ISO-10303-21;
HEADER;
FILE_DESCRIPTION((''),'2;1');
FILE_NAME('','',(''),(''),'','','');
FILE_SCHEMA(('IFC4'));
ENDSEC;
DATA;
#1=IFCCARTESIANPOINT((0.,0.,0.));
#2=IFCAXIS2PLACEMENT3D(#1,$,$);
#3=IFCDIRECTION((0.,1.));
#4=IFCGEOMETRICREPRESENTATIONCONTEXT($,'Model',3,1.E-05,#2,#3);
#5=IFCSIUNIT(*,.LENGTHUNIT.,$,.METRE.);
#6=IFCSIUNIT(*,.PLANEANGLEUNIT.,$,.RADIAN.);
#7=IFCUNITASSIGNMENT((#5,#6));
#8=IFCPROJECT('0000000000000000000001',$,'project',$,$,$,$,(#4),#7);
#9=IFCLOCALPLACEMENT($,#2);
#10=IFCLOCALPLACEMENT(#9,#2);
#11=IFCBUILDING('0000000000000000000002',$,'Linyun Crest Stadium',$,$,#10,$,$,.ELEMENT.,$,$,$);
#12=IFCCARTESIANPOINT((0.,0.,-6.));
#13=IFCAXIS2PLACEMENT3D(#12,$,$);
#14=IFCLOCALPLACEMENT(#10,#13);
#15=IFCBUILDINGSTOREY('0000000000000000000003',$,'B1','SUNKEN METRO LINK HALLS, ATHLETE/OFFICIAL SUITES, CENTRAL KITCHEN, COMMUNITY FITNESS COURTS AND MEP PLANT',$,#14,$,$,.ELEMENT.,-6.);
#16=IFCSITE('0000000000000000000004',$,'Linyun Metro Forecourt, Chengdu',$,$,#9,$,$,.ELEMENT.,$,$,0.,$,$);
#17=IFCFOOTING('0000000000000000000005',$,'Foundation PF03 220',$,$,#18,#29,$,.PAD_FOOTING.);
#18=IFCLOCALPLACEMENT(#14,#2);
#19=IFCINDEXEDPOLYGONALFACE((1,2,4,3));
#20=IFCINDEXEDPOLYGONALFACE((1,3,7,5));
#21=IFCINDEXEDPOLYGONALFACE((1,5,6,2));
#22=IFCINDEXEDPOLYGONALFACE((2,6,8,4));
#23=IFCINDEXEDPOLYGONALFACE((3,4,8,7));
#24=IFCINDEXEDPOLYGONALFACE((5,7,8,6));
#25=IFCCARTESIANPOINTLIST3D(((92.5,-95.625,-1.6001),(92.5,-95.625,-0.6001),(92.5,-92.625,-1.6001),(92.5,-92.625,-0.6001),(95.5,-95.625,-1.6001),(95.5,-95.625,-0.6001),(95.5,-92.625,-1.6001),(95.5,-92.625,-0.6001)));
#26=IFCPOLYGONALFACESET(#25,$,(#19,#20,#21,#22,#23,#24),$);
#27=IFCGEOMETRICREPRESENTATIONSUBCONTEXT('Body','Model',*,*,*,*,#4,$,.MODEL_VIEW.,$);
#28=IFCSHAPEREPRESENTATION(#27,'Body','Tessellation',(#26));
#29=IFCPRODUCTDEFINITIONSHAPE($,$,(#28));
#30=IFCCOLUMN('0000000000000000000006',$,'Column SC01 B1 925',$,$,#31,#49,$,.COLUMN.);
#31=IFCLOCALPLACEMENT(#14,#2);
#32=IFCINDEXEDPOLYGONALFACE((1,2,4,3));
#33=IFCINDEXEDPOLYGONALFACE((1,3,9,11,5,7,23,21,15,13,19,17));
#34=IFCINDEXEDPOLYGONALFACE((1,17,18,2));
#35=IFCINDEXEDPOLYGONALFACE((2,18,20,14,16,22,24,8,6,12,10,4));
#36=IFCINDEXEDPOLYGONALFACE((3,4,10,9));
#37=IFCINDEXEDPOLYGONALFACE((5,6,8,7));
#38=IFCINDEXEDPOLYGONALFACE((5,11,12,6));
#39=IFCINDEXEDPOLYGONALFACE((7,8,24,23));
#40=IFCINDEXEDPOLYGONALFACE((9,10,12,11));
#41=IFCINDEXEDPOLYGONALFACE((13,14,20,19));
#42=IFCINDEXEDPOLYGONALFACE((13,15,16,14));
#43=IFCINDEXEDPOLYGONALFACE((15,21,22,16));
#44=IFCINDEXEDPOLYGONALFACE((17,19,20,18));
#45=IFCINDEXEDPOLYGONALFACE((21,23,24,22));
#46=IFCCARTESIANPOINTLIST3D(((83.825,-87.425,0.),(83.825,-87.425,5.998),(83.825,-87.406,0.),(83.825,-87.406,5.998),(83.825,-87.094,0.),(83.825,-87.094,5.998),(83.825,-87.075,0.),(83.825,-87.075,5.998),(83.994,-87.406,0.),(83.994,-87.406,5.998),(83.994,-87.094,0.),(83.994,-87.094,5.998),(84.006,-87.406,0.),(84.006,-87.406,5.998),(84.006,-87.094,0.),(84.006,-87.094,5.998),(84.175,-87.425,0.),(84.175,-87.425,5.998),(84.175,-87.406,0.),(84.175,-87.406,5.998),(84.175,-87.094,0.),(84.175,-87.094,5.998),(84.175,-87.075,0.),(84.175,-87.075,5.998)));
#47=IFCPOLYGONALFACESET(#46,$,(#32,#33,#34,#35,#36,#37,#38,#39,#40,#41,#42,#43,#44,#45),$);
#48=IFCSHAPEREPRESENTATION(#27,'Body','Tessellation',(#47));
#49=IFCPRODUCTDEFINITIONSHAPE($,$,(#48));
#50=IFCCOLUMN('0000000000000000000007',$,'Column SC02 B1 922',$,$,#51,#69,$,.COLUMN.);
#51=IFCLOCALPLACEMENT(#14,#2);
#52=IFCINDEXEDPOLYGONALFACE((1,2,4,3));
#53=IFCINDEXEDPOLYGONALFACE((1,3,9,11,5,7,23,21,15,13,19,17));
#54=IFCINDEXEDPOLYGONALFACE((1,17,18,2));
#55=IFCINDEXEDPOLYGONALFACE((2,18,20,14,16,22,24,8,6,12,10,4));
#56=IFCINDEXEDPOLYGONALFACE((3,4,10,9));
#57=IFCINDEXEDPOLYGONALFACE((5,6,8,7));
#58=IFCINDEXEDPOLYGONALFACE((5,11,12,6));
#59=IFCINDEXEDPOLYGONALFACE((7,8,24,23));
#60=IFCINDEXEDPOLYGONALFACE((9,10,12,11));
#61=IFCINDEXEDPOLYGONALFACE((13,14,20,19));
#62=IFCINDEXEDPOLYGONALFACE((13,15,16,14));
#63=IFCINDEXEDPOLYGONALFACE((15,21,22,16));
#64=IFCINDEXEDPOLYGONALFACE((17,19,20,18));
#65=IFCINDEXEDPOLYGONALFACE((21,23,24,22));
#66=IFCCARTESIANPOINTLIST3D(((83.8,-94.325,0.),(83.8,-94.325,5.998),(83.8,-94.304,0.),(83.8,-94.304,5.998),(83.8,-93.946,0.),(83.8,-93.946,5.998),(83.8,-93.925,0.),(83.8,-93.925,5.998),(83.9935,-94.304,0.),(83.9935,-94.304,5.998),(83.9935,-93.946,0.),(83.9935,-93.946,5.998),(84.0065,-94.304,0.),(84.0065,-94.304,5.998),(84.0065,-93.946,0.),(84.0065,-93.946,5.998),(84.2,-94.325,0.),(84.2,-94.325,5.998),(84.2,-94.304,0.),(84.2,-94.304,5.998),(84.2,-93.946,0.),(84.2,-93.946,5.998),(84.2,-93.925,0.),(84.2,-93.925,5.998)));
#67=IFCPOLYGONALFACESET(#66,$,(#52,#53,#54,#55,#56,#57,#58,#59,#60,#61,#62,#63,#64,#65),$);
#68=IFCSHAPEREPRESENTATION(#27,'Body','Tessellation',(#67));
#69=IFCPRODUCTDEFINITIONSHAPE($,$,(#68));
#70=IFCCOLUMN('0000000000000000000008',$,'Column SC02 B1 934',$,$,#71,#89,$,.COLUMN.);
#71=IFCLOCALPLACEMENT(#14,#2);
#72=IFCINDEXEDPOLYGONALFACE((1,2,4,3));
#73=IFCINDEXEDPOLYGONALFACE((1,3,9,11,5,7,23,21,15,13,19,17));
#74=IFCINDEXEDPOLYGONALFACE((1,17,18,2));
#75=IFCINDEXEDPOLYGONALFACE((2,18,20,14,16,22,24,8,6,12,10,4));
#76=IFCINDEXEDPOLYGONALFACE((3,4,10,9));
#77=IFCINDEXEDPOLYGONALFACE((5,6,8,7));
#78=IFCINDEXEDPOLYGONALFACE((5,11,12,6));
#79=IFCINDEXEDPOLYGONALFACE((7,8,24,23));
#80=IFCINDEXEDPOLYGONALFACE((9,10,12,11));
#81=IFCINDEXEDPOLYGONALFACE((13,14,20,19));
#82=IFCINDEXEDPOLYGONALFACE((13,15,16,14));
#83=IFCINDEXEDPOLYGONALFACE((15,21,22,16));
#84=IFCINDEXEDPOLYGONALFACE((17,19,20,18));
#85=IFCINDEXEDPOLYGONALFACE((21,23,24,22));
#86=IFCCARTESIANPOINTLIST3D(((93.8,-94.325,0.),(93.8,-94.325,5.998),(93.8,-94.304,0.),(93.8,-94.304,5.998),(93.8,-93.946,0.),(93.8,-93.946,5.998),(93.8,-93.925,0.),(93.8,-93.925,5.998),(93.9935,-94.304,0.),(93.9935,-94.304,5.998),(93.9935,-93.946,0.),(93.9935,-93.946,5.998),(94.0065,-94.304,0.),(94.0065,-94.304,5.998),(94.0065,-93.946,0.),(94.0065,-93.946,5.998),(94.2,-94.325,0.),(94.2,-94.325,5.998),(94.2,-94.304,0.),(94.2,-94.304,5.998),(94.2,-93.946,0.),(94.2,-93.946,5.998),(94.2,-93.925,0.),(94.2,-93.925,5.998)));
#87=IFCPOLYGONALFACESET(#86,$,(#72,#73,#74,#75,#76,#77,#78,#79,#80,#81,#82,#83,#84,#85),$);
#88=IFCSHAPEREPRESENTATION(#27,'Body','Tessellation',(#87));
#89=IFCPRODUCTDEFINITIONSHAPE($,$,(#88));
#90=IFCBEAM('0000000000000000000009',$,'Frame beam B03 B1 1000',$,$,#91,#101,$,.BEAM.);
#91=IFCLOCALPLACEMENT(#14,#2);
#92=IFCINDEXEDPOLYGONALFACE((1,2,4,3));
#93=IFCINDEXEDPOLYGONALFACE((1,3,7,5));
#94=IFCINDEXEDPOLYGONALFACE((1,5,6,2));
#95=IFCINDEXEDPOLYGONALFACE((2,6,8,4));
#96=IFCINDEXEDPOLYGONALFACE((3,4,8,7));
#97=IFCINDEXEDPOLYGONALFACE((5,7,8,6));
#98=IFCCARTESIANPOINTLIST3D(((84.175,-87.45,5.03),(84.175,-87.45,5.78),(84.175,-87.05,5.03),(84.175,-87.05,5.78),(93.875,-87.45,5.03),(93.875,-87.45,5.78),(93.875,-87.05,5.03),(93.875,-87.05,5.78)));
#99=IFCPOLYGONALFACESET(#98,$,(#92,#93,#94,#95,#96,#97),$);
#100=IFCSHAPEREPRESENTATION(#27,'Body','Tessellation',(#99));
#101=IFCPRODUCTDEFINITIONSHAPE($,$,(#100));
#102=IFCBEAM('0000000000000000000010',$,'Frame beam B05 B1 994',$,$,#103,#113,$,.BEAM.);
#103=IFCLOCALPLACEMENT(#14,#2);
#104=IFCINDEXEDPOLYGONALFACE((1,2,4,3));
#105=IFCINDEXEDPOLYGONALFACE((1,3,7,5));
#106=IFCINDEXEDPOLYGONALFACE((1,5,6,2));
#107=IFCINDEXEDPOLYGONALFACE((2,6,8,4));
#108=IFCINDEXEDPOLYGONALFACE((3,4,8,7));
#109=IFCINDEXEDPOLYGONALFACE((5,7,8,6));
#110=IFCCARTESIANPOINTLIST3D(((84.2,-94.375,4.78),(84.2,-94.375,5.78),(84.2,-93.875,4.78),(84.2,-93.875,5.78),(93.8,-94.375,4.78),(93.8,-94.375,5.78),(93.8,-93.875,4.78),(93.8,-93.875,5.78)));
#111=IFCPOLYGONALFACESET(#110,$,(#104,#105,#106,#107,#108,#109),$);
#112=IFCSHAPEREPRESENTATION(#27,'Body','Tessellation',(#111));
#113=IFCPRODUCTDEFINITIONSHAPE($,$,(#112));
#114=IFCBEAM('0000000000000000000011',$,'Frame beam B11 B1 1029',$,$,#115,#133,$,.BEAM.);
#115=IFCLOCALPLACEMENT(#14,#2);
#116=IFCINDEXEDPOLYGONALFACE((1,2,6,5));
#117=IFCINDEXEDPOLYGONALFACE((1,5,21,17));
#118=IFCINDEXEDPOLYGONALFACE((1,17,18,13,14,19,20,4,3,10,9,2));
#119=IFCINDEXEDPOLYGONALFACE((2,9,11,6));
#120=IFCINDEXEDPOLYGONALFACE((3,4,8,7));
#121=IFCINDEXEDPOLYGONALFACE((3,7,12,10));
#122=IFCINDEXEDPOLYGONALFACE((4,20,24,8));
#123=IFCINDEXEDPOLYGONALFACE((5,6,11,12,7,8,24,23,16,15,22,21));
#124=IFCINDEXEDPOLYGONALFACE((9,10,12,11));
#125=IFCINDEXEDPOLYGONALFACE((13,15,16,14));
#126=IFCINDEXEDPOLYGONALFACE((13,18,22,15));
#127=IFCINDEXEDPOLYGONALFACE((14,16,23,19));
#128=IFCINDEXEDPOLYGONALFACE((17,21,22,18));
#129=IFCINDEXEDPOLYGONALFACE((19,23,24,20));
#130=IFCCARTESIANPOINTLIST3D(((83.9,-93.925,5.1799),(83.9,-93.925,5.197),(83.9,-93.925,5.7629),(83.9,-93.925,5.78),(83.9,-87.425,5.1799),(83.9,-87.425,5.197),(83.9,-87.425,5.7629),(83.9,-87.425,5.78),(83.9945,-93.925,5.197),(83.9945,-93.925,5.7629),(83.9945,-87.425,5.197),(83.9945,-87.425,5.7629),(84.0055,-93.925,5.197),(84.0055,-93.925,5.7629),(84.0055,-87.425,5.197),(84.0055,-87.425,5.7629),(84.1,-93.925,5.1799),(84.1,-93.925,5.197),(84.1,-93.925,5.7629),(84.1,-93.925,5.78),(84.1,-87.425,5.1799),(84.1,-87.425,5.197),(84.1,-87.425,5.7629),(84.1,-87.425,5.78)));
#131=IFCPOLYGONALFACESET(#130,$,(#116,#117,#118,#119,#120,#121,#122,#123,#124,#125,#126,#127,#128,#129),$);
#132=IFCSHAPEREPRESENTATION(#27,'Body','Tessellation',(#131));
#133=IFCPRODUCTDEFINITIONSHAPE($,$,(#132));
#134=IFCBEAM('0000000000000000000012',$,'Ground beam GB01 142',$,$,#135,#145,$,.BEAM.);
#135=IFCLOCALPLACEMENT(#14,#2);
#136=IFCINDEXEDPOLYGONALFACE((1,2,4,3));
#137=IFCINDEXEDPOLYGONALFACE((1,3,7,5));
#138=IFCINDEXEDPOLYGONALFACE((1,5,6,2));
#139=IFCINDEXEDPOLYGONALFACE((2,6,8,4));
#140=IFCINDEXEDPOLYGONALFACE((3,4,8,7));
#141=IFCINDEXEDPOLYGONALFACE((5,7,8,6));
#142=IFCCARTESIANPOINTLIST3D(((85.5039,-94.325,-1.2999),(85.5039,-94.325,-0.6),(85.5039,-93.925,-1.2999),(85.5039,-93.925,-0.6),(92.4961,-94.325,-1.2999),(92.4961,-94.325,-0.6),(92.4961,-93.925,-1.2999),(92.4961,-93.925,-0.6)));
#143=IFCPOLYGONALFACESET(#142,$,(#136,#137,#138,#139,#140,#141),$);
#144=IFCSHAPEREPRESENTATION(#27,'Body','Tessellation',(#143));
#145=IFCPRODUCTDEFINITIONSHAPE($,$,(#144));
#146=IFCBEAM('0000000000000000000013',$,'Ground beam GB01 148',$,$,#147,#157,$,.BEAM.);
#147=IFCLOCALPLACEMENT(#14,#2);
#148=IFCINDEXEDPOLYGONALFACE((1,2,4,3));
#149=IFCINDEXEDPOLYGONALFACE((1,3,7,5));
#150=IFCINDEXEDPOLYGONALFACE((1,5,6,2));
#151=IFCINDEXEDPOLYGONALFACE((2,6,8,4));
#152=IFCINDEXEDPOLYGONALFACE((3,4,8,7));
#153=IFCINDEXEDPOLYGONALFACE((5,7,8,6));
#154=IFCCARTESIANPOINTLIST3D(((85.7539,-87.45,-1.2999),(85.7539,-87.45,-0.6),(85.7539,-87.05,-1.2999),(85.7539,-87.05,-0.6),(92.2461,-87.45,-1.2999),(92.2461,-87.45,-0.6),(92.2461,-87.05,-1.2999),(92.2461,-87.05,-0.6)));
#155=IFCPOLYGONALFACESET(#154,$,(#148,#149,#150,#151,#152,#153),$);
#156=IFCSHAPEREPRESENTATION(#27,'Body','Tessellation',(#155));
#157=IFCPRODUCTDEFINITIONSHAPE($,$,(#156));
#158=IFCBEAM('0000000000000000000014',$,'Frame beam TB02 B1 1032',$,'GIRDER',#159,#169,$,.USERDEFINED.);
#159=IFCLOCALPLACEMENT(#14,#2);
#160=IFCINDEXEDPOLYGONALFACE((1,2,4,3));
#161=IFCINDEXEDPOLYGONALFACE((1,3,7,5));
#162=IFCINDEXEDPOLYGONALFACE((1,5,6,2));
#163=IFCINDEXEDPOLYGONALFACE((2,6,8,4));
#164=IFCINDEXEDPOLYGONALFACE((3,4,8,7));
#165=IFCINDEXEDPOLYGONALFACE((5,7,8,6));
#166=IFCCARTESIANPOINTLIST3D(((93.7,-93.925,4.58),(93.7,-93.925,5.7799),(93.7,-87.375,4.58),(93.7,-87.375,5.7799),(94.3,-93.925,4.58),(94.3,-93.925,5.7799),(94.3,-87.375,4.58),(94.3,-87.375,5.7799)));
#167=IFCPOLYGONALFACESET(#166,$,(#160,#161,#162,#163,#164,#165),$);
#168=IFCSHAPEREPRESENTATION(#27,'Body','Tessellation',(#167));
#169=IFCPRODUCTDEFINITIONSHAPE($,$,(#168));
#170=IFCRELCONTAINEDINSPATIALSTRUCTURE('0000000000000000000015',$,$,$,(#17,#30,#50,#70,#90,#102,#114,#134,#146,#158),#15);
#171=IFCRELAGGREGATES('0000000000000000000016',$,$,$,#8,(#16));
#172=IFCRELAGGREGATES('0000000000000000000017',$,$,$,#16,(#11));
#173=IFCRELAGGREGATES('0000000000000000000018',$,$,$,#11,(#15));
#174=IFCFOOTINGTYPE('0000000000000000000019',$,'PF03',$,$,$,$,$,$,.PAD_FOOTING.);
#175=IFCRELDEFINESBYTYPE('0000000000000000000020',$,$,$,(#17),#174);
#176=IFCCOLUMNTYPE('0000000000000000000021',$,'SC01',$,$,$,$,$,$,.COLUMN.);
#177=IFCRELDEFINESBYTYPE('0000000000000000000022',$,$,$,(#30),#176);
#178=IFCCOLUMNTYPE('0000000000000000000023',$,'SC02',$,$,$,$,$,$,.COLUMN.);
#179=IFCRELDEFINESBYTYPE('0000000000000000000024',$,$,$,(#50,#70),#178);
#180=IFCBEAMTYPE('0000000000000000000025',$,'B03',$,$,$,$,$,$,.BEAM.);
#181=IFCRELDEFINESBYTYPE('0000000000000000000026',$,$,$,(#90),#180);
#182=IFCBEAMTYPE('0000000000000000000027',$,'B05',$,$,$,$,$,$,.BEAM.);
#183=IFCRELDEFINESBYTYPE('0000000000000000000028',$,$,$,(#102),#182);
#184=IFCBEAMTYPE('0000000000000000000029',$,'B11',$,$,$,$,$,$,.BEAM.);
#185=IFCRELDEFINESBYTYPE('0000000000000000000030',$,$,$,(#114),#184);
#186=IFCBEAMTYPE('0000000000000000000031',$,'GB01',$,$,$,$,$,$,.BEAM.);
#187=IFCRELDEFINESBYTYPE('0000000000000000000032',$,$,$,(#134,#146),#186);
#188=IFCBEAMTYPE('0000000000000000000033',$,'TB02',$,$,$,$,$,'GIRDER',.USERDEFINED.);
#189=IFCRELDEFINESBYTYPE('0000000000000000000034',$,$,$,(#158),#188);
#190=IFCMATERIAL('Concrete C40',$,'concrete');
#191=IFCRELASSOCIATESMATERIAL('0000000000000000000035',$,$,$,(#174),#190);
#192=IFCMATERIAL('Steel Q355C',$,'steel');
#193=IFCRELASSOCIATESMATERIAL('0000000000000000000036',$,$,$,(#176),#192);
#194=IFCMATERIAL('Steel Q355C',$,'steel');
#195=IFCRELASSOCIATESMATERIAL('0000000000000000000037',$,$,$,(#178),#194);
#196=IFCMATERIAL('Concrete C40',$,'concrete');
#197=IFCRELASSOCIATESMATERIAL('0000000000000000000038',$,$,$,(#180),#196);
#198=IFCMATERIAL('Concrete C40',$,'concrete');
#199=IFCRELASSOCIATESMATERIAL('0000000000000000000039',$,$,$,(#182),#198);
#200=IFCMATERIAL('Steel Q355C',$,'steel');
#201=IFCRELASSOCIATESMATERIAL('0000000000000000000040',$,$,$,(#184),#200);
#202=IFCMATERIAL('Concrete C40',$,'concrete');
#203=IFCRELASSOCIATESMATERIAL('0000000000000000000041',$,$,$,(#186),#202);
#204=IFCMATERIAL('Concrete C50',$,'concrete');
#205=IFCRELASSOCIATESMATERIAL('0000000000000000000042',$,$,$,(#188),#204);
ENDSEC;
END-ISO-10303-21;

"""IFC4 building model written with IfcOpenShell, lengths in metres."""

from ifc_helpers import new_model, si_unit, direction, frame, origin, origin_2d, place, context, subcontext, project, spatial, rectangle, i_section, extrude, material, material_profile, profile_set, type_object, element, save


model = new_model("IFC4")

# Units and contexts
model_context = context("Model", 3, precision=1e-05, world=origin(), true_north=direction((0.0, 1.0)))
body_context = subcontext(model_context, "Body", "Model", "MODEL_VIEW")
ifc_project = project(units=[si_unit("LENGTHUNIT", "METRE"), si_unit("PLANEANGLEUNIT", "RADIAN")], contexts=[model_context])

# Site, building, storey
site_placement = place(None, origin())
site = spatial("IfcSite", under=ifc_project, at=site_placement, Name="Linyun Metro Forecourt, Chengdu", CompositionType="ELEMENT", RefElevation=0.0)
building_placement = place(site_placement, origin())
building = spatial("IfcBuilding", under=site, at=building_placement, Name="Linyun Crest Stadium", CompositionType="ELEMENT")
storey_placement = place(building_placement, frame((0.0, 0.0, -6.0)))
storey = spatial("IfcBuildingStorey", under=building, at=storey_placement, Name="B1", Description="SUNKEN METRO LINK HALLS, ATHLETE/OFFICIAL SUITES, CENTRAL KITCHEN, COMMUNITY FITNESS COURTS AND MEP PLANT", CompositionType="ELEMENT", Elevation=-6.0)

# Footing
ifc_material_1 = material(Name="Concrete C40", Category="concrete")
footing_type_1 = type_object("IfcFootingType", Name="PF03", PredefinedType="PAD_FOOTING", material=ifc_material_1)
for number, where, z_axis, x_axis, name in (
    (1, (94.0, -94.125, -1.6001), (0.0, 0.0, 1.0), (1.0, 0.0, 0.0), "Foundation PF03 220"),
):
    element("IfcFooting", number, at=place(storey_placement, frame(where, z_axis=z_axis, x_axis=x_axis)), inside=storey, type_object=footing_type_1, Name=name, PredefinedType="PAD_FOOTING", context=body_context, shape_type="SweptSolid", body=[
        extrude(rectangle(XDim=3.0, YDim=3.0, at=origin_2d()), origin(), (0.0, 0.0, 1.0), 1.0),
    ])

# Columns
ifc_material_2 = material(Name="Steel Q355C", Category="steel")
ifc_material_profile_1 = material_profile(ifc_material_2, i_section(OverallWidth=0.3501, OverallDepth=0.3501, WebThickness=0.012, FlangeThickness=0.019, at=origin_2d()), Name="HW 350x350")
ifc_profile_set_1 = profile_set([ifc_material_profile_1], Name="Steel Q355C")
column_type_1 = type_object("IfcColumnType", Name="SC01", PredefinedType="COLUMN", material=ifc_profile_set_1)
column_placement = place(storey_placement, frame((84.0, -87.25, 0.0), z_axis=(0.0, 0.0, 1.0), x_axis=(1.0, 0.0, 0.0)))
element("IfcColumn", 2, at=column_placement, inside=storey, type_object=column_type_1, Name="Column SC01 B1 925", PredefinedType="COLUMN", context=body_context, shape_type="SweptSolid", body=[
    extrude(i_section(OverallWidth=0.3501, OverallDepth=0.3501, WebThickness=0.012, FlangeThickness=0.019, at=origin_2d()), origin(), (0.0, 0.0, 1.0), 5.998),
])
ifc_material_3 = material(Name="Steel Q355C", Category="steel")
ifc_material_profile_2 = material_profile(ifc_material_3, i_section(OverallWidth=0.3999, OverallDepth=0.3999, WebThickness=0.0129, FlangeThickness=0.021, at=origin_2d()), Name="HW 400x400")
ifc_profile_set_2 = profile_set([ifc_material_profile_2], Name="Steel Q355C")
column_type_2 = type_object("IfcColumnType", Name="SC02", PredefinedType="COLUMN", material=ifc_profile_set_2)
for number, where, z_axis, x_axis, name in (
    (3, (84.0, -94.125, 0.0), (0.0, 0.0, 1.0), (1.0, 0.0, 0.0), "Column SC02 B1 922"),
    (4, (94.0, -94.125, 0.0), (0.0, 0.0, 1.0), (1.0, 0.0, 0.0), "Column SC02 B1 934"),
):
    element("IfcColumn", number, at=place(storey_placement, frame(where, z_axis=z_axis, x_axis=x_axis)), inside=storey, type_object=column_type_2, Name=name, PredefinedType="COLUMN", context=body_context, shape_type="SweptSolid", body=[
        extrude(i_section(OverallWidth=0.3999, OverallDepth=0.3999, WebThickness=0.0129, FlangeThickness=0.021, at=origin_2d()), origin(), (0.0, 0.0, 1.0), 5.998),
    ])

# Beams
ifc_material_4 = material(Name="Concrete C40", Category="concrete")
ifc_material_profile_3 = material_profile(ifc_material_4, rectangle(XDim=0.3999, YDim=0.75, at=origin_2d()), Name="RCB 750x400")
ifc_profile_set_3 = profile_set([ifc_material_profile_3], Name="Concrete C40")
beam_type_1 = type_object("IfcBeamType", Name="B03", PredefinedType="BEAM", material=ifc_profile_set_3)
beam_1_placement = place(storey_placement, frame((84.175, -87.25, 5.405), z_axis=(1.0, 0.0, 0.0), x_axis=(0.0, 1.0, 0.0)))
element("IfcBeam", 5, at=beam_1_placement, inside=storey, type_object=beam_type_1, Name="Frame beam B03 B1 1000", PredefinedType="BEAM", context=body_context, shape_type="SweptSolid", body=[
    extrude(rectangle(XDim=0.3999, YDim=0.75, at=origin_2d()), origin(), (0.0, 0.0, 1.0), 9.7),
])
ifc_material_5 = material(Name="Concrete C40", Category="concrete")
ifc_material_profile_4 = material_profile(ifc_material_5, rectangle(XDim=0.5, YDim=1.0, at=origin_2d()), Name="RCB 1000x500")
ifc_profile_set_4 = profile_set([ifc_material_profile_4], Name="Concrete C40")
beam_type_2 = type_object("IfcBeamType", Name="B05", PredefinedType="BEAM", material=ifc_profile_set_4)
beam_2_placement = place(storey_placement, frame((84.2, -94.125, 5.28), z_axis=(1.0, 0.0, 0.0), x_axis=(0.0, 1.0, 0.0)))
element("IfcBeam", 6, at=beam_2_placement, inside=storey, type_object=beam_type_2, Name="Frame beam B05 B1 994", PredefinedType="BEAM", context=body_context, shape_type="SweptSolid", body=[
    extrude(rectangle(XDim=0.5, YDim=1.0, at=origin_2d()), origin(), (0.0, 0.0, 1.0), 9.6001),
])
ifc_material_6 = material(Name="Steel Q355C", Category="steel")
ifc_material_profile_5 = material_profile(ifc_material_6, i_section(OverallWidth=0.2, OverallDepth=0.6001, WebThickness=0.011, FlangeThickness=0.0171, at=origin_2d()), Name="HN 600x200")
ifc_profile_set_5 = profile_set([ifc_material_profile_5], Name="Steel Q355C")
beam_type_3 = type_object("IfcBeamType", Name="B11", PredefinedType="BEAM", material=ifc_profile_set_5)
beam_3_placement = place(storey_placement, frame((84.0, -93.925, 5.48), z_axis=(0.0, 1.0, 0.0), x_axis=(-1.0, 0.0, 0.0)))
element("IfcBeam", 7, at=beam_3_placement, inside=storey, type_object=beam_type_3, Name="Frame beam B11 B1 1029", PredefinedType="BEAM", context=body_context, shape_type="SweptSolid", body=[
    extrude(i_section(OverallWidth=0.2, OverallDepth=0.6001, WebThickness=0.011, FlangeThickness=0.0171, at=origin_2d()), origin(), (0.0, 0.0, 1.0), 6.5),
])
ifc_material_7 = material(Name="Concrete C40", Category="concrete")
ifc_material_profile_6 = material_profile(ifc_material_7, rectangle(XDim=0.3999, YDim=0.7, at=origin_2d()), Name="RCB 700x400")
ifc_profile_set_6 = profile_set([ifc_material_profile_6], Name="Concrete C40")
beam_type_4 = type_object("IfcBeamType", Name="GB01", PredefinedType="BEAM", material=ifc_profile_set_6)
beam_4_placement = place(storey_placement, frame((85.5039, -94.125, -0.95), z_axis=(1.0, 0.0, 0.0), x_axis=(0.0, 1.0, 0.0)))
element("IfcBeam", 8, at=beam_4_placement, inside=storey, type_object=beam_type_4, Name="Ground beam GB01 142", PredefinedType="BEAM", context=body_context, shape_type="SweptSolid", body=[
    extrude(rectangle(XDim=0.3999, YDim=0.7, at=origin_2d()), origin(), (0.0, 0.0, 1.0), 6.9922),
])
beam_5_placement = place(storey_placement, frame((85.7539, -87.25, -0.95), z_axis=(1.0, 0.0, 0.0), x_axis=(0.0, 1.0, 0.0)))
element("IfcBeam", 9, at=beam_5_placement, inside=storey, type_object=beam_type_4, Name="Ground beam GB01 148", PredefinedType="BEAM", context=body_context, shape_type="SweptSolid", body=[
    extrude(rectangle(XDim=0.3999, YDim=0.7, at=origin_2d()), origin(), (0.0, 0.0, 1.0), 6.4922),
])
ifc_material_8 = material(Name="Concrete C50", Category="concrete")
ifc_material_profile_7 = material_profile(ifc_material_8, rectangle(XDim=0.6001, YDim=1.2, at=origin_2d()), Name="RCB 1200x600")
ifc_profile_set_7 = profile_set([ifc_material_profile_7], Name="Concrete C50")
beam_type_5 = type_object("IfcBeamType", Name="TB02", ElementType="GIRDER", PredefinedType="USERDEFINED", material=ifc_profile_set_7)
beam_6_placement = place(storey_placement, frame((94.0, -93.925, 5.1799), z_axis=(0.0, 1.0, 0.0), x_axis=(-1.0, 0.0, 0.0)))
element("IfcBeam", 10, at=beam_6_placement, inside=storey, type_object=beam_type_5, Name="Frame beam TB02 B1 1032", ObjectType="GIRDER", PredefinedType="USERDEFINED", context=body_context, shape_type="SweptSolid", body=[
    extrude(rectangle(XDim=0.6001, YDim=1.2, at=origin_2d()), origin(), (0.0, 0.0, 1.0), 6.55),
])

save(model, "model.ifc")
